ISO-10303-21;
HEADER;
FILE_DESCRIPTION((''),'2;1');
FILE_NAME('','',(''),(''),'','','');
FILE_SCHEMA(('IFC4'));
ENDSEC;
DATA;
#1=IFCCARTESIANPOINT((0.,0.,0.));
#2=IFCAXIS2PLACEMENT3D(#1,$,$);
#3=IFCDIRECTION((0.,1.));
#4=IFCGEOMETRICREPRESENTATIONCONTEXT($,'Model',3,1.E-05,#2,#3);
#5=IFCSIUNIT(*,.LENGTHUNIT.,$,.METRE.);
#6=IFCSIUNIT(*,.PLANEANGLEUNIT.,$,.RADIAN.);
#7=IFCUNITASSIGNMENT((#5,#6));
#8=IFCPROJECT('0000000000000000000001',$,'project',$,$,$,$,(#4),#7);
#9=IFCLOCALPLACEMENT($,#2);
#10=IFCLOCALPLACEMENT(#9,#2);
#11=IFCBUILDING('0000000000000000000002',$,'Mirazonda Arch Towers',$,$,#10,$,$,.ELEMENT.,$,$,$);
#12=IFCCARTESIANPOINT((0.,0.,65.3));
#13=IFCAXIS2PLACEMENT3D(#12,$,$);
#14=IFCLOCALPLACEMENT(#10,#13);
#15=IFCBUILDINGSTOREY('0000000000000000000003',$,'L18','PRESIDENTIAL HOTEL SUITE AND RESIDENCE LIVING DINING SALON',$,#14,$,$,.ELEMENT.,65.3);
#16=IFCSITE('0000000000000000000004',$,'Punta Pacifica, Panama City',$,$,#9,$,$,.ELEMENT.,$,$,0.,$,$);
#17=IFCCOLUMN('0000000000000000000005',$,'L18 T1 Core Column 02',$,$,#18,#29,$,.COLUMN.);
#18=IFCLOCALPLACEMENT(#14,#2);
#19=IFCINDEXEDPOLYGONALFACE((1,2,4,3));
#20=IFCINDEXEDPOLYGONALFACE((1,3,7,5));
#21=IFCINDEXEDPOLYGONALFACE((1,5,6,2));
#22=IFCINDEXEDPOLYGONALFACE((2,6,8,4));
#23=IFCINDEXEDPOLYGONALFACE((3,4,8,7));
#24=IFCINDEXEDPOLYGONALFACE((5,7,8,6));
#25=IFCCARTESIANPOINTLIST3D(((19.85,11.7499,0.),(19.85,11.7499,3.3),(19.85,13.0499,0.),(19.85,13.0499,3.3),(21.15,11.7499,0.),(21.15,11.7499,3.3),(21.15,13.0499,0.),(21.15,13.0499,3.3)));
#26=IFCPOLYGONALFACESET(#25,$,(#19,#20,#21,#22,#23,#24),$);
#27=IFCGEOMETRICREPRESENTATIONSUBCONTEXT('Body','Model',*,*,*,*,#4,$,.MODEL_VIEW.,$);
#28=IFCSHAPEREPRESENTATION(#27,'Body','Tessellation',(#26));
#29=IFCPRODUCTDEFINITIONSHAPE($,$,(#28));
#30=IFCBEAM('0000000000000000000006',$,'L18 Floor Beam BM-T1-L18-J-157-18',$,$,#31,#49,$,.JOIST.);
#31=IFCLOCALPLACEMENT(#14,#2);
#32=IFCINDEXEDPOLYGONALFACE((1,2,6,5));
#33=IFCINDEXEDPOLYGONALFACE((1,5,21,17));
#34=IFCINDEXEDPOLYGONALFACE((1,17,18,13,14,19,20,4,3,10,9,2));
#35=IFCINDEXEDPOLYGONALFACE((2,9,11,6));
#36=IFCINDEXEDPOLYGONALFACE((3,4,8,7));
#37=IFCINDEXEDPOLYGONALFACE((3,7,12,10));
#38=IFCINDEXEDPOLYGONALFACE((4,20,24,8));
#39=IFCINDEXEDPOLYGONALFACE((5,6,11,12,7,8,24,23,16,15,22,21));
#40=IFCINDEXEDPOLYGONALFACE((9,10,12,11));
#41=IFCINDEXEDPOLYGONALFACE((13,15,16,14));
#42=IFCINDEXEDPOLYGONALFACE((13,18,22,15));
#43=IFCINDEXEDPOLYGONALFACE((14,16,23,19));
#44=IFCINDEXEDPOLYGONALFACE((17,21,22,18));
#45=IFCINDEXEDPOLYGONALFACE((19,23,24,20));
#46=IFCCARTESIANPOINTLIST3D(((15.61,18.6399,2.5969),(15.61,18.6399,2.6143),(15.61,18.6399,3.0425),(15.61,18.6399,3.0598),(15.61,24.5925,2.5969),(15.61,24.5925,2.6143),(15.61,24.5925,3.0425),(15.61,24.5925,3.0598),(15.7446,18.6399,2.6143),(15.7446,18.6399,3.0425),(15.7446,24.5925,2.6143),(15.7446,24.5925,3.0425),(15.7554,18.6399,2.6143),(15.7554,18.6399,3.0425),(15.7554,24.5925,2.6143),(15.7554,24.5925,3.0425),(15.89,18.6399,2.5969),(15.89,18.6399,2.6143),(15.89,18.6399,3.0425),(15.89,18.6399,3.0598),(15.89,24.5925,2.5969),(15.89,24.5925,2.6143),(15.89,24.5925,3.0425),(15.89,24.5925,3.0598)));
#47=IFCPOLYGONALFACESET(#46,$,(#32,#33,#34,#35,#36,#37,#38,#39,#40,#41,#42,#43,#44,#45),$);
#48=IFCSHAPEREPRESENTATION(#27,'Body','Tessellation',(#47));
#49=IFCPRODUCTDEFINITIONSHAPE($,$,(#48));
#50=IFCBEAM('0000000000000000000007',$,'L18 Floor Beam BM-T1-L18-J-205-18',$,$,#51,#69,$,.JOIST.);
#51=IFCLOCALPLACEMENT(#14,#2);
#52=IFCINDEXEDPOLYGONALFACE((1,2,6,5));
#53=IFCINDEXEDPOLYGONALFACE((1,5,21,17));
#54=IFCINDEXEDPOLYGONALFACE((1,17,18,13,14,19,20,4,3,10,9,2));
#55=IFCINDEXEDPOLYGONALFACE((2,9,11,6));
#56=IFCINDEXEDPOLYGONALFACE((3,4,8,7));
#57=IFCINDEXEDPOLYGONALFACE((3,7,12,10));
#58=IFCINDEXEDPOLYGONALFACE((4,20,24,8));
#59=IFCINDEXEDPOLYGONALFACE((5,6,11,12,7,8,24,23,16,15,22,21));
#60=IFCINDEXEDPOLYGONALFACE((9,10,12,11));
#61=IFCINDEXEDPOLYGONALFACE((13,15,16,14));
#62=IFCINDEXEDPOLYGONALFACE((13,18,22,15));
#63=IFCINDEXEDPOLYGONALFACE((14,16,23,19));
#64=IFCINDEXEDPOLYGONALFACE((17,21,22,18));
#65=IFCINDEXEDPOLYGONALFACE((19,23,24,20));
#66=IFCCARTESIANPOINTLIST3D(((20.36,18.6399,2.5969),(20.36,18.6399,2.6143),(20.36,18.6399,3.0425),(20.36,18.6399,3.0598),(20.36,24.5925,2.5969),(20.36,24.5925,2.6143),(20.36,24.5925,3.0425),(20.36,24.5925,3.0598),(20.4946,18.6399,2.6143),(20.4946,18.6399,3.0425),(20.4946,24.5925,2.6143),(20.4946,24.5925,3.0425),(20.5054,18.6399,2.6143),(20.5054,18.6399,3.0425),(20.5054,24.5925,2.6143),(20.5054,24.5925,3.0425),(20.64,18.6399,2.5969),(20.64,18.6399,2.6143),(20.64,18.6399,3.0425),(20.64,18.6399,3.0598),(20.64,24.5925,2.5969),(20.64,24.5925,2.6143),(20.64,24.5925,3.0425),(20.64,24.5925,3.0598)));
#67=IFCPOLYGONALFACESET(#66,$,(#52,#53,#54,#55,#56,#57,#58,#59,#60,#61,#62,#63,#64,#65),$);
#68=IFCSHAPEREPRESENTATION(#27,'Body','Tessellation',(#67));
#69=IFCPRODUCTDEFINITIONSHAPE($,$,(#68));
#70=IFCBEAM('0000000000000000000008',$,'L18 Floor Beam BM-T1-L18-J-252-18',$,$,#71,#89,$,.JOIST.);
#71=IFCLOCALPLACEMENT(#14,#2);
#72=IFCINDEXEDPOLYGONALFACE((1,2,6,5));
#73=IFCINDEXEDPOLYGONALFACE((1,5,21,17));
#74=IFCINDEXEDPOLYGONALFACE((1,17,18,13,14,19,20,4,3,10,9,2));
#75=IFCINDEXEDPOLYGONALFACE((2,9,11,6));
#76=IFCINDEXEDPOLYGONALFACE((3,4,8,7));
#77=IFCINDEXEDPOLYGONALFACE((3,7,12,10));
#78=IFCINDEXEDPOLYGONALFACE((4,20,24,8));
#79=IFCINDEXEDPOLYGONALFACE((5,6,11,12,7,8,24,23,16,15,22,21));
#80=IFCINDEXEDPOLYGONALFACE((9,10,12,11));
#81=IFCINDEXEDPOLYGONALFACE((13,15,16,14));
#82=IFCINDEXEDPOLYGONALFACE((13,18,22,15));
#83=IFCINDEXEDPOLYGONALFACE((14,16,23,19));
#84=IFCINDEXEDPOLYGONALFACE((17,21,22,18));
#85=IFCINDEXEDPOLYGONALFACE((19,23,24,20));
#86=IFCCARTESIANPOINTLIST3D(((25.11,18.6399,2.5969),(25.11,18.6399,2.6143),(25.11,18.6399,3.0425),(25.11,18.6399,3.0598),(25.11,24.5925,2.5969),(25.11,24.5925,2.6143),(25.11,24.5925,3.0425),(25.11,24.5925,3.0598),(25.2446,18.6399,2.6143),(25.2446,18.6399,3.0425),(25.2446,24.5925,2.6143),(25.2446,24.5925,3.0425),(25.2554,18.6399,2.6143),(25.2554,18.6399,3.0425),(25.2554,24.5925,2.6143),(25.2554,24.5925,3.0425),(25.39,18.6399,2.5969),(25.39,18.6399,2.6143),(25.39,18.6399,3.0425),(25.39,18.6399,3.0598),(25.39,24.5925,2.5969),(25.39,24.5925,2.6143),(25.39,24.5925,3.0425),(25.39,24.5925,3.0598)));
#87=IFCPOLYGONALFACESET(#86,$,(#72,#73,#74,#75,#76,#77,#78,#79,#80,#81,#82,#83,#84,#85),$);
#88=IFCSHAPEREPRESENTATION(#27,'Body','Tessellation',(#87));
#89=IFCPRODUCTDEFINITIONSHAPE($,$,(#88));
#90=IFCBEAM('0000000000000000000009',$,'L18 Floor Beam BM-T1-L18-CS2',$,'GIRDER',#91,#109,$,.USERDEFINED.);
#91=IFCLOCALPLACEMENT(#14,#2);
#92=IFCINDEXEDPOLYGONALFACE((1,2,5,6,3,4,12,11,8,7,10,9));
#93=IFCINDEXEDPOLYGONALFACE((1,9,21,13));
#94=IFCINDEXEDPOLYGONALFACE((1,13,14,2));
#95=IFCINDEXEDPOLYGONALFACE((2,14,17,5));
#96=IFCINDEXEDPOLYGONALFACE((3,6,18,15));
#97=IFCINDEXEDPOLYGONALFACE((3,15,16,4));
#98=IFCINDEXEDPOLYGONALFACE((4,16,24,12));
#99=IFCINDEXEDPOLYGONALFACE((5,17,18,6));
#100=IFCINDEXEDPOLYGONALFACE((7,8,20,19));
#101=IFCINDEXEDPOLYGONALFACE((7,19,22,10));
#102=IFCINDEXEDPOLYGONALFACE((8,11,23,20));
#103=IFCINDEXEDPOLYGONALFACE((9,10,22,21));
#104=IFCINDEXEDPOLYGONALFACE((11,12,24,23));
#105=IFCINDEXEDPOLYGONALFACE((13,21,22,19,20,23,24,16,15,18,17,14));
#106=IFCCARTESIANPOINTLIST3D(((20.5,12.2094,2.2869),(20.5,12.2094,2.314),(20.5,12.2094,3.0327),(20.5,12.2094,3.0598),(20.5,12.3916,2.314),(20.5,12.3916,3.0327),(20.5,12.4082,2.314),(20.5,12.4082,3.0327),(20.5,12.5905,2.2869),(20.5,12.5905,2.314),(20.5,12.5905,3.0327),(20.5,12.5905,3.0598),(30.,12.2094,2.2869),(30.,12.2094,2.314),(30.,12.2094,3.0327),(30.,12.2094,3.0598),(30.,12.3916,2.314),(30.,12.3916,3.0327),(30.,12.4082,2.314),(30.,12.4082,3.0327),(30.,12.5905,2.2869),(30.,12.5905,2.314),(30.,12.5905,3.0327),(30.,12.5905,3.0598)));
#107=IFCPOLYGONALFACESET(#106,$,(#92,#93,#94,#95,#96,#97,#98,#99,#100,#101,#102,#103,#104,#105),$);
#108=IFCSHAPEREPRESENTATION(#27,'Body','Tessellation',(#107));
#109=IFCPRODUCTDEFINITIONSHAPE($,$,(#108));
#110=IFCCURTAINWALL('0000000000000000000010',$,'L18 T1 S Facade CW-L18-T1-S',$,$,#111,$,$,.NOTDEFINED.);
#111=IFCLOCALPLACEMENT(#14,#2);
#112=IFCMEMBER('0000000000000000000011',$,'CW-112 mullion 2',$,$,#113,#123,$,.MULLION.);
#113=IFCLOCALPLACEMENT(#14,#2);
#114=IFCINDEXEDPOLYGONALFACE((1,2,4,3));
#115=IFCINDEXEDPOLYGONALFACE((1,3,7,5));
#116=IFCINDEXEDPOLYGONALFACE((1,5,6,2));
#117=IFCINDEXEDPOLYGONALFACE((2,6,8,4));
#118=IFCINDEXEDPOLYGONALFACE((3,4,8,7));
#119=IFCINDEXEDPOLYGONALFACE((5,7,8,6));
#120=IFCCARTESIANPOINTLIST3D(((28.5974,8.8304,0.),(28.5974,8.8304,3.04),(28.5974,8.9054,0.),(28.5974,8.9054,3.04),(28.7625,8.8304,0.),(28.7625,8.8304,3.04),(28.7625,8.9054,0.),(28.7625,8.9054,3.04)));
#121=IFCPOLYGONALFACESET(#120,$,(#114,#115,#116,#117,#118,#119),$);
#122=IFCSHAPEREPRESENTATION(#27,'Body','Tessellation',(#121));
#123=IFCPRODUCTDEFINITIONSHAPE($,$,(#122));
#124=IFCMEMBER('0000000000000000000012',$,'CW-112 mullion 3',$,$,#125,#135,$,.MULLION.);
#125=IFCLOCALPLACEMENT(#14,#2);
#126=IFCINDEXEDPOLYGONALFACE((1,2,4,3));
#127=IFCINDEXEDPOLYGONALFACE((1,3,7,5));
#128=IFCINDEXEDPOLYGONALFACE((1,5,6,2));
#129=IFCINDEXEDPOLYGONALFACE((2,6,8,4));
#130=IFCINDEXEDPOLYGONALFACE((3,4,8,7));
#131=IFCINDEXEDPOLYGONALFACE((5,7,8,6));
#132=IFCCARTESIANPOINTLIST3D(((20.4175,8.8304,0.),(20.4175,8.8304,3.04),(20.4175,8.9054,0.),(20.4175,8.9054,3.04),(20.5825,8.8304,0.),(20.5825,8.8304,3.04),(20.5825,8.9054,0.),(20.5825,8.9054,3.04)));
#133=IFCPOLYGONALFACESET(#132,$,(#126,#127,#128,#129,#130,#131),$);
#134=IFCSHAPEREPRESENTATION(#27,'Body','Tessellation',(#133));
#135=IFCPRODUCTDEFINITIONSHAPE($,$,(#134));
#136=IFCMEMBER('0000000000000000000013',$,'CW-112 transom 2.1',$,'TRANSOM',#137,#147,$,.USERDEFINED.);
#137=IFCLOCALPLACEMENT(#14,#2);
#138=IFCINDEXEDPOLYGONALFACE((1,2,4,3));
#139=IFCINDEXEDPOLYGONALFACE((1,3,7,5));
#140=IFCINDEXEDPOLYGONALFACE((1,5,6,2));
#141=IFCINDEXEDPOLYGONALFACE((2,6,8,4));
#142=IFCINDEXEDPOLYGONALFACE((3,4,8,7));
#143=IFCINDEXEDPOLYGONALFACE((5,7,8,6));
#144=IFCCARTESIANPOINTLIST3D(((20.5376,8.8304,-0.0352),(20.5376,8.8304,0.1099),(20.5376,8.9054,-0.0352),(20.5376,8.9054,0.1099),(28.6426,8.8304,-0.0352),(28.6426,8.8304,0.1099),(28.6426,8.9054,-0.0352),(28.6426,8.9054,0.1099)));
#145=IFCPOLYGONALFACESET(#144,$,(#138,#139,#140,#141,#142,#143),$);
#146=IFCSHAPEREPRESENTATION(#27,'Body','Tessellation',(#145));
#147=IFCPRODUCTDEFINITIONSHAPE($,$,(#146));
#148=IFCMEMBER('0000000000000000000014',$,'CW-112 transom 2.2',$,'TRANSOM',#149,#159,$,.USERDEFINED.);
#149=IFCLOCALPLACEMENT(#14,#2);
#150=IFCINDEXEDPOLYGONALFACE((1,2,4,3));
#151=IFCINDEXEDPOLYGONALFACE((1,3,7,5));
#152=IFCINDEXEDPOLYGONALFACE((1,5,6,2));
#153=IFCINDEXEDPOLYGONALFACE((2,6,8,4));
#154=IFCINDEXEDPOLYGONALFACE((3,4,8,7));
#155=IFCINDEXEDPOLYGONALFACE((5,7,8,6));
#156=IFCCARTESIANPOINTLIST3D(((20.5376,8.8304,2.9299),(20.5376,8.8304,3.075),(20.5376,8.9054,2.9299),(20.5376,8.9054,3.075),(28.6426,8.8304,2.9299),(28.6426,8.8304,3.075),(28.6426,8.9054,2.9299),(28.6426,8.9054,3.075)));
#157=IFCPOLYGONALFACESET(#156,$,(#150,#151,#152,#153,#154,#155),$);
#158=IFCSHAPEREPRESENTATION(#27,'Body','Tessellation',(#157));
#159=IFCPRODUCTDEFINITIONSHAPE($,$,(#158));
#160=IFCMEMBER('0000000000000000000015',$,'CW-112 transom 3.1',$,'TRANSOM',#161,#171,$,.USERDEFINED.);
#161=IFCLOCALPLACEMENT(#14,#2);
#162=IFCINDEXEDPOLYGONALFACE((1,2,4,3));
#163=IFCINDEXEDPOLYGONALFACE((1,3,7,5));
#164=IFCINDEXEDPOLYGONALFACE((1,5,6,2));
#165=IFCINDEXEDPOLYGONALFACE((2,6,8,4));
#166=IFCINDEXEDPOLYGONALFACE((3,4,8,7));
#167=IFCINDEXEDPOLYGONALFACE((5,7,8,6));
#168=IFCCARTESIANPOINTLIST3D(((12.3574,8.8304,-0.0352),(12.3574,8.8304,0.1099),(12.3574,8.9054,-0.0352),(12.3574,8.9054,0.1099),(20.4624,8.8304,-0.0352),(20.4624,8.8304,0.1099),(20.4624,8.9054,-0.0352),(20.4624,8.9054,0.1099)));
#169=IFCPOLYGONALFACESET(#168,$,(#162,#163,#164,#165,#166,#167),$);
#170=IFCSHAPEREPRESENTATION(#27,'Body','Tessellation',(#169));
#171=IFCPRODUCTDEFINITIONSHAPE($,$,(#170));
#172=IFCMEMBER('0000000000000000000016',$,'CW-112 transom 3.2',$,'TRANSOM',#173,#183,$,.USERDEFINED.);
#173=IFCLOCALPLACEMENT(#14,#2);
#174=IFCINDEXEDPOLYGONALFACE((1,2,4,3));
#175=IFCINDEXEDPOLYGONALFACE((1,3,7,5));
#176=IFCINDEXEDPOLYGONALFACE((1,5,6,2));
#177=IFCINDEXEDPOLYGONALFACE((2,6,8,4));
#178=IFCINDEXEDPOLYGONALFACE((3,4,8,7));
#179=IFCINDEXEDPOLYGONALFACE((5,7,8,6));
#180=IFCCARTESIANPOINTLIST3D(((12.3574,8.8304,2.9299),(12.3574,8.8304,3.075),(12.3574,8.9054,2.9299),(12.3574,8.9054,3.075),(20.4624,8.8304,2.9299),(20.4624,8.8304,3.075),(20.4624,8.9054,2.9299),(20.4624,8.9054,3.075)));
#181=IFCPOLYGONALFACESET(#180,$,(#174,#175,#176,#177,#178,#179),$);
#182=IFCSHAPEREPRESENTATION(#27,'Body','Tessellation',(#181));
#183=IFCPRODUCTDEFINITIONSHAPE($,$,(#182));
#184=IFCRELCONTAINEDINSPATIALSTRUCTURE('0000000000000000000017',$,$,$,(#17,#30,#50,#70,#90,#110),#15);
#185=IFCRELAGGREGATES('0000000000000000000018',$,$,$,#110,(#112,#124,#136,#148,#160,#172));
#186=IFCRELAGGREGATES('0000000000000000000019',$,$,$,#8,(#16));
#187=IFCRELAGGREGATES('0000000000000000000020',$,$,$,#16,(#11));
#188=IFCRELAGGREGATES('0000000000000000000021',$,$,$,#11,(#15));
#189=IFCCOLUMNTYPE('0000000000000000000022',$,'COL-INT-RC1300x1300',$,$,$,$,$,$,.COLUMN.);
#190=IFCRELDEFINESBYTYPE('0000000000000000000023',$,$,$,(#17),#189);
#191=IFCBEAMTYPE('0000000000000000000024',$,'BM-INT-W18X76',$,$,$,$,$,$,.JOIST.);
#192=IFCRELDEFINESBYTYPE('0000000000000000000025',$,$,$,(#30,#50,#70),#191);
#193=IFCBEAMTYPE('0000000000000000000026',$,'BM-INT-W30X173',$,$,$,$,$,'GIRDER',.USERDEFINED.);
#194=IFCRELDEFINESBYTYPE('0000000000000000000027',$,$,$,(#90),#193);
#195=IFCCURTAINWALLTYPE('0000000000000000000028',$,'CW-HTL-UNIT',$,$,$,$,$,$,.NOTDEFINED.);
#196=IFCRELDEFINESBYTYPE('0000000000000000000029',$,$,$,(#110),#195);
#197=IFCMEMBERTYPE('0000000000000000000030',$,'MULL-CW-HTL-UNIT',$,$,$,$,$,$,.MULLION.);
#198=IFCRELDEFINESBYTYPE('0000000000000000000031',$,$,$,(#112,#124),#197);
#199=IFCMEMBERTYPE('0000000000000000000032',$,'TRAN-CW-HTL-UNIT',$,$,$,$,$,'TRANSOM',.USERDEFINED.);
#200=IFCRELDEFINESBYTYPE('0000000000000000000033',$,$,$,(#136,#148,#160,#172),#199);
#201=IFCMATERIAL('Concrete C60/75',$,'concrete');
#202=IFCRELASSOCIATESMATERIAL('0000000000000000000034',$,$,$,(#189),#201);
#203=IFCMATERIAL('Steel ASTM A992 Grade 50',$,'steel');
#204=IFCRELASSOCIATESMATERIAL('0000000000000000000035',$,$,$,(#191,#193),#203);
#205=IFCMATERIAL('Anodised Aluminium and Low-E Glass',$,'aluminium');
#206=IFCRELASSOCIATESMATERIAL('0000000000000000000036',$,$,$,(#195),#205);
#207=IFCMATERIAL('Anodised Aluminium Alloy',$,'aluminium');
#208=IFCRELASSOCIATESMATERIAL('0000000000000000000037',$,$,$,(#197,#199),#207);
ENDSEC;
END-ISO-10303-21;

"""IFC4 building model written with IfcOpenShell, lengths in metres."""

from ifc_helpers import new_model, si_unit, direction, frame, origin, origin_2d, place, context, subcontext, project, spatial, rectangle, i_section, extrude, material, material_profile, profile_set, type_object, element, aggregate, save


model = new_model("IFC4")

# Units and contexts
model_context = context("Model", 3, precision=1e-05, world=origin(), true_north=direction((0.0, 1.0)))
body_context = subcontext(model_context, "Body", "Model", "MODEL_VIEW")
ifc_project = project(units=[si_unit("LENGTHUNIT", "METRE"), si_unit("PLANEANGLEUNIT", "RADIAN")], contexts=[model_context])

# Site, building, storey
site_placement = place(None, origin())
site = spatial("IfcSite", under=ifc_project, at=site_placement, Name="Punta Pacifica, Panama City", CompositionType="ELEMENT", RefElevation=0.0)
building_placement = place(site_placement, origin())
building = spatial("IfcBuilding", under=site, at=building_placement, Name="Mirazonda Arch Towers", CompositionType="ELEMENT")
storey_placement = place(building_placement, frame((0.0, 0.0, 65.3)))
storey = spatial("IfcBuildingStorey", under=building, at=storey_placement, Name="L18", Description="PRESIDENTIAL HOTEL SUITE AND RESIDENCE LIVING DINING SALON", CompositionType="ELEMENT", Elevation=65.3)

# Column
ifc_material_1 = material(Name="Concrete C60/75", Category="concrete")
ifc_material_profile_1 = material_profile(ifc_material_1, rectangle(XDim=1.3, YDim=1.3, at=origin_2d()), Name="RC1300x1300")
ifc_profile_set_1 = profile_set([ifc_material_profile_1], Name="Concrete C60/75")
column_type = type_object("IfcColumnType", Name="COL-INT-RC1300x1300", PredefinedType="COLUMN", material=ifc_profile_set_1)
column_placement = place(storey_placement, frame((20.5, 12.3999, 0.0), z_axis=(0.0, 0.0, 1.0), x_axis=(1.0, 0.0, 0.0)))
element("IfcColumn", 1, at=column_placement, inside=storey, type_object=column_type, Name="L18 T1 Core Column 02", PredefinedType="COLUMN", context=body_context, shape_type="SweptSolid", body=[
    extrude(rectangle(XDim=1.3, YDim=1.3, at=origin_2d()), origin(), (0.0, 0.0, 1.0), 3.3),
])

# Beams
ifc_material_2 = material(Name="Steel ASTM A992 Grade 50", Category="steel")
ifc_material_profile_2 = material_profile(ifc_material_2, i_section(OverallWidth=0.28, OverallDepth=0.4629, WebThickness=0.0107, FlangeThickness=0.0173, at=origin_2d()), Name="W18X76")
ifc_profile_set_2 = profile_set([ifc_material_profile_2], Name="Steel ASTM A992 Grade 50")
beam_type_1 = type_object("IfcBeamType", Name="BM-INT-W18X76", PredefinedType="JOIST", material=ifc_profile_set_2)
for number, where, z_axis, x_axis, name in (
    (2, (15.75, 18.6399, 2.8284), (0.0, 1.0, 0.0), (-1.0, 0.0, 0.0), "L18 Floor Beam BM-T1-L18-J-157-18"),
    (3, (20.5, 18.6399, 2.8284), (0.0, 1.0, 0.0), (-1.0, 0.0, 0.0), "L18 Floor Beam BM-T1-L18-J-205-18"),
    (4, (25.25, 18.6399, 2.8284), (0.0, 1.0, 0.0), (-1.0, 0.0, 0.0), "L18 Floor Beam BM-T1-L18-J-252-18"),
):
    element("IfcBeam", number, at=place(storey_placement, frame(where, z_axis=z_axis, x_axis=x_axis)), inside=storey, type_object=beam_type_1, Name=name, PredefinedType="JOIST", context=body_context, shape_type="SweptSolid", body=[
        extrude(i_section(OverallWidth=0.28, OverallDepth=0.4629, WebThickness=0.0107, FlangeThickness=0.0173, at=origin_2d()), origin(), (0.0, 0.0, 1.0), 5.9526),
    ])
ifc_material_profile_3 = material_profile(ifc_material_2, i_section(OverallWidth=0.3811, OverallDepth=0.7729, WebThickness=0.0166, FlangeThickness=0.0271, at=origin_2d()), Name="W30X173")
ifc_profile_set_3 = profile_set([ifc_material_profile_3], Name="Steel ASTM A992 Grade 50")
beam_type_2 = type_object("IfcBeamType", Name="BM-INT-W30X173", ElementType="GIRDER", PredefinedType="USERDEFINED", material=ifc_profile_set_3)
beam_placement = place(storey_placement, frame((20.5, 12.3999, 2.6733), z_axis=(1.0, 0.0, 0.0), x_axis=(0.0, 1.0, 0.0)))
element("IfcBeam", 5, at=beam_placement, inside=storey, type_object=beam_type_2, Name="L18 Floor Beam BM-T1-L18-CS2", ObjectType="GIRDER", PredefinedType="USERDEFINED", context=body_context, shape_type="SweptSolid", body=[
    extrude(i_section(OverallWidth=0.3811, OverallDepth=0.7729, WebThickness=0.0166, FlangeThickness=0.0271, at=origin_2d()), origin(), (0.0, 0.0, 1.0), 9.5),
])

# Curtain wall, members
ifc_material_3 = material(Name="Anodised Aluminium and Low-E Glass", Category="aluminium")
curtain_wall_type = type_object("IfcCurtainWallType", Name="CW-HTL-UNIT", PredefinedType="NOTDEFINED", material=ifc_material_3)
curtain_wall_placement = place(storey_placement, origin())
curtain_wall = element("IfcCurtainWall", 6, at=curtain_wall_placement, inside=storey, type_object=curtain_wall_type, Name="L18 T1 S Facade CW-L18-T1-S", PredefinedType="NOTDEFINED")
ifc_material_4 = material(Name="Anodised Aluminium Alloy", Category="aluminium")
ifc_material_profile_4 = material_profile(ifc_material_4, rectangle(XDim=0.075, YDim=0.165, at=origin_2d()), Name="ALU-MULL-75x165")
ifc_profile_set_4 = profile_set([ifc_material_profile_4], Name="Anodised Aluminium Alloy")
member_type_1 = type_object("IfcMemberType", Name="MULL-CW-HTL-UNIT", PredefinedType="MULLION", material=ifc_profile_set_4)
member_1_placement = place(storey_placement, frame((28.6799, 8.8679, 0.0), z_axis=(0.0, 0.0, 1.0), x_axis=(0.0, -1.0, 0.0)))
member_1 = element("IfcMember", 7, at=member_1_placement, type_object=member_type_1, Name="CW-112 mullion 2", PredefinedType="MULLION", context=body_context, shape_type="SweptSolid", body=[
    extrude(rectangle(XDim=0.075, YDim=0.165, at=origin_2d()), origin(), (0.0, 0.0, 1.0), 3.04),
])
member_2_placement = place(storey_placement, frame((20.5, 8.8679, 0.0), z_axis=(0.0, 0.0, 1.0), x_axis=(0.0, -1.0, 0.0)))
member_2 = element("IfcMember", 8, at=member_2_placement, type_object=member_type_1, Name="CW-112 mullion 3", PredefinedType="MULLION", context=body_context, shape_type="SweptSolid", body=[
    extrude(rectangle(XDim=0.075, YDim=0.165, at=origin_2d()), origin(), (0.0, 0.0, 1.0), 3.04),
])
ifc_material_profile_5 = material_profile(ifc_material_4, rectangle(XDim=0.075, YDim=0.145, at=origin_2d()), Name="ALU-TRAN-75x145")
ifc_profile_set_5 = profile_set([ifc_material_profile_5], Name="Anodised Aluminium Alloy")
member_type_2 = type_object("IfcMemberType", Name="TRAN-CW-HTL-UNIT", ElementType="TRANSOM", PredefinedType="USERDEFINED", material=ifc_profile_set_5)
member_3_placement = place(storey_placement, frame((28.6426, 8.8679, 0.0374), z_axis=(-1.0, 0.0, 0.0), x_axis=(0.0, -1.0, 0.0)))
member_3 = element("IfcMember", 9, at=member_3_placement, type_object=member_type_2, Name="CW-112 transom 2.1", ObjectType="TRANSOM", PredefinedType="USERDEFINED", context=body_context, shape_type="SweptSolid", body=[
    extrude(rectangle(XDim=0.075, YDim=0.145, at=origin_2d()), origin(), (0.0, 0.0, 1.0), 8.105),
])
member_4_placement = place(storey_placement, frame((28.6426, 8.8679, 3.0024), z_axis=(-1.0, 0.0, 0.0), x_axis=(0.0, -1.0, 0.0)))
member_4 = element("IfcMember", 10, at=member_4_placement, type_object=member_type_2, Name="CW-112 transom 2.2", ObjectType="TRANSOM", PredefinedType="USERDEFINED", context=body_context, shape_type="SweptSolid", body=[
    extrude(rectangle(XDim=0.075, YDim=0.145, at=origin_2d()), origin(), (0.0, 0.0, 1.0), 8.105),
])
member_5_placement = place(storey_placement, frame((20.4624, 8.8679, 0.0374), z_axis=(-1.0, 0.0, 0.0), x_axis=(0.0, -1.0, 0.0)))
member_5 = element("IfcMember", 11, at=member_5_placement, type_object=member_type_2, Name="CW-112 transom 3.1", ObjectType="TRANSOM", PredefinedType="USERDEFINED", context=body_context, shape_type="SweptSolid", body=[
    extrude(rectangle(XDim=0.075, YDim=0.145, at=origin_2d()), origin(), (0.0, 0.0, 1.0), 8.105),
])
member_6_placement = place(storey_placement, frame((20.4624, 8.8679, 3.0024), z_axis=(-1.0, 0.0, 0.0), x_axis=(0.0, -1.0, 0.0)))
member_6 = element("IfcMember", 12, at=member_6_placement, type_object=member_type_2, Name="CW-112 transom 3.2", ObjectType="TRANSOM", PredefinedType="USERDEFINED", context=body_context, shape_type="SweptSolid", body=[
    extrude(rectangle(XDim=0.075, YDim=0.145, at=origin_2d()), origin(), (0.0, 0.0, 1.0), 8.105),
])
aggregate(curtain_wall, [member_1, member_2, member_3, member_4, member_5, member_6])

save(model, "model.ifc")
